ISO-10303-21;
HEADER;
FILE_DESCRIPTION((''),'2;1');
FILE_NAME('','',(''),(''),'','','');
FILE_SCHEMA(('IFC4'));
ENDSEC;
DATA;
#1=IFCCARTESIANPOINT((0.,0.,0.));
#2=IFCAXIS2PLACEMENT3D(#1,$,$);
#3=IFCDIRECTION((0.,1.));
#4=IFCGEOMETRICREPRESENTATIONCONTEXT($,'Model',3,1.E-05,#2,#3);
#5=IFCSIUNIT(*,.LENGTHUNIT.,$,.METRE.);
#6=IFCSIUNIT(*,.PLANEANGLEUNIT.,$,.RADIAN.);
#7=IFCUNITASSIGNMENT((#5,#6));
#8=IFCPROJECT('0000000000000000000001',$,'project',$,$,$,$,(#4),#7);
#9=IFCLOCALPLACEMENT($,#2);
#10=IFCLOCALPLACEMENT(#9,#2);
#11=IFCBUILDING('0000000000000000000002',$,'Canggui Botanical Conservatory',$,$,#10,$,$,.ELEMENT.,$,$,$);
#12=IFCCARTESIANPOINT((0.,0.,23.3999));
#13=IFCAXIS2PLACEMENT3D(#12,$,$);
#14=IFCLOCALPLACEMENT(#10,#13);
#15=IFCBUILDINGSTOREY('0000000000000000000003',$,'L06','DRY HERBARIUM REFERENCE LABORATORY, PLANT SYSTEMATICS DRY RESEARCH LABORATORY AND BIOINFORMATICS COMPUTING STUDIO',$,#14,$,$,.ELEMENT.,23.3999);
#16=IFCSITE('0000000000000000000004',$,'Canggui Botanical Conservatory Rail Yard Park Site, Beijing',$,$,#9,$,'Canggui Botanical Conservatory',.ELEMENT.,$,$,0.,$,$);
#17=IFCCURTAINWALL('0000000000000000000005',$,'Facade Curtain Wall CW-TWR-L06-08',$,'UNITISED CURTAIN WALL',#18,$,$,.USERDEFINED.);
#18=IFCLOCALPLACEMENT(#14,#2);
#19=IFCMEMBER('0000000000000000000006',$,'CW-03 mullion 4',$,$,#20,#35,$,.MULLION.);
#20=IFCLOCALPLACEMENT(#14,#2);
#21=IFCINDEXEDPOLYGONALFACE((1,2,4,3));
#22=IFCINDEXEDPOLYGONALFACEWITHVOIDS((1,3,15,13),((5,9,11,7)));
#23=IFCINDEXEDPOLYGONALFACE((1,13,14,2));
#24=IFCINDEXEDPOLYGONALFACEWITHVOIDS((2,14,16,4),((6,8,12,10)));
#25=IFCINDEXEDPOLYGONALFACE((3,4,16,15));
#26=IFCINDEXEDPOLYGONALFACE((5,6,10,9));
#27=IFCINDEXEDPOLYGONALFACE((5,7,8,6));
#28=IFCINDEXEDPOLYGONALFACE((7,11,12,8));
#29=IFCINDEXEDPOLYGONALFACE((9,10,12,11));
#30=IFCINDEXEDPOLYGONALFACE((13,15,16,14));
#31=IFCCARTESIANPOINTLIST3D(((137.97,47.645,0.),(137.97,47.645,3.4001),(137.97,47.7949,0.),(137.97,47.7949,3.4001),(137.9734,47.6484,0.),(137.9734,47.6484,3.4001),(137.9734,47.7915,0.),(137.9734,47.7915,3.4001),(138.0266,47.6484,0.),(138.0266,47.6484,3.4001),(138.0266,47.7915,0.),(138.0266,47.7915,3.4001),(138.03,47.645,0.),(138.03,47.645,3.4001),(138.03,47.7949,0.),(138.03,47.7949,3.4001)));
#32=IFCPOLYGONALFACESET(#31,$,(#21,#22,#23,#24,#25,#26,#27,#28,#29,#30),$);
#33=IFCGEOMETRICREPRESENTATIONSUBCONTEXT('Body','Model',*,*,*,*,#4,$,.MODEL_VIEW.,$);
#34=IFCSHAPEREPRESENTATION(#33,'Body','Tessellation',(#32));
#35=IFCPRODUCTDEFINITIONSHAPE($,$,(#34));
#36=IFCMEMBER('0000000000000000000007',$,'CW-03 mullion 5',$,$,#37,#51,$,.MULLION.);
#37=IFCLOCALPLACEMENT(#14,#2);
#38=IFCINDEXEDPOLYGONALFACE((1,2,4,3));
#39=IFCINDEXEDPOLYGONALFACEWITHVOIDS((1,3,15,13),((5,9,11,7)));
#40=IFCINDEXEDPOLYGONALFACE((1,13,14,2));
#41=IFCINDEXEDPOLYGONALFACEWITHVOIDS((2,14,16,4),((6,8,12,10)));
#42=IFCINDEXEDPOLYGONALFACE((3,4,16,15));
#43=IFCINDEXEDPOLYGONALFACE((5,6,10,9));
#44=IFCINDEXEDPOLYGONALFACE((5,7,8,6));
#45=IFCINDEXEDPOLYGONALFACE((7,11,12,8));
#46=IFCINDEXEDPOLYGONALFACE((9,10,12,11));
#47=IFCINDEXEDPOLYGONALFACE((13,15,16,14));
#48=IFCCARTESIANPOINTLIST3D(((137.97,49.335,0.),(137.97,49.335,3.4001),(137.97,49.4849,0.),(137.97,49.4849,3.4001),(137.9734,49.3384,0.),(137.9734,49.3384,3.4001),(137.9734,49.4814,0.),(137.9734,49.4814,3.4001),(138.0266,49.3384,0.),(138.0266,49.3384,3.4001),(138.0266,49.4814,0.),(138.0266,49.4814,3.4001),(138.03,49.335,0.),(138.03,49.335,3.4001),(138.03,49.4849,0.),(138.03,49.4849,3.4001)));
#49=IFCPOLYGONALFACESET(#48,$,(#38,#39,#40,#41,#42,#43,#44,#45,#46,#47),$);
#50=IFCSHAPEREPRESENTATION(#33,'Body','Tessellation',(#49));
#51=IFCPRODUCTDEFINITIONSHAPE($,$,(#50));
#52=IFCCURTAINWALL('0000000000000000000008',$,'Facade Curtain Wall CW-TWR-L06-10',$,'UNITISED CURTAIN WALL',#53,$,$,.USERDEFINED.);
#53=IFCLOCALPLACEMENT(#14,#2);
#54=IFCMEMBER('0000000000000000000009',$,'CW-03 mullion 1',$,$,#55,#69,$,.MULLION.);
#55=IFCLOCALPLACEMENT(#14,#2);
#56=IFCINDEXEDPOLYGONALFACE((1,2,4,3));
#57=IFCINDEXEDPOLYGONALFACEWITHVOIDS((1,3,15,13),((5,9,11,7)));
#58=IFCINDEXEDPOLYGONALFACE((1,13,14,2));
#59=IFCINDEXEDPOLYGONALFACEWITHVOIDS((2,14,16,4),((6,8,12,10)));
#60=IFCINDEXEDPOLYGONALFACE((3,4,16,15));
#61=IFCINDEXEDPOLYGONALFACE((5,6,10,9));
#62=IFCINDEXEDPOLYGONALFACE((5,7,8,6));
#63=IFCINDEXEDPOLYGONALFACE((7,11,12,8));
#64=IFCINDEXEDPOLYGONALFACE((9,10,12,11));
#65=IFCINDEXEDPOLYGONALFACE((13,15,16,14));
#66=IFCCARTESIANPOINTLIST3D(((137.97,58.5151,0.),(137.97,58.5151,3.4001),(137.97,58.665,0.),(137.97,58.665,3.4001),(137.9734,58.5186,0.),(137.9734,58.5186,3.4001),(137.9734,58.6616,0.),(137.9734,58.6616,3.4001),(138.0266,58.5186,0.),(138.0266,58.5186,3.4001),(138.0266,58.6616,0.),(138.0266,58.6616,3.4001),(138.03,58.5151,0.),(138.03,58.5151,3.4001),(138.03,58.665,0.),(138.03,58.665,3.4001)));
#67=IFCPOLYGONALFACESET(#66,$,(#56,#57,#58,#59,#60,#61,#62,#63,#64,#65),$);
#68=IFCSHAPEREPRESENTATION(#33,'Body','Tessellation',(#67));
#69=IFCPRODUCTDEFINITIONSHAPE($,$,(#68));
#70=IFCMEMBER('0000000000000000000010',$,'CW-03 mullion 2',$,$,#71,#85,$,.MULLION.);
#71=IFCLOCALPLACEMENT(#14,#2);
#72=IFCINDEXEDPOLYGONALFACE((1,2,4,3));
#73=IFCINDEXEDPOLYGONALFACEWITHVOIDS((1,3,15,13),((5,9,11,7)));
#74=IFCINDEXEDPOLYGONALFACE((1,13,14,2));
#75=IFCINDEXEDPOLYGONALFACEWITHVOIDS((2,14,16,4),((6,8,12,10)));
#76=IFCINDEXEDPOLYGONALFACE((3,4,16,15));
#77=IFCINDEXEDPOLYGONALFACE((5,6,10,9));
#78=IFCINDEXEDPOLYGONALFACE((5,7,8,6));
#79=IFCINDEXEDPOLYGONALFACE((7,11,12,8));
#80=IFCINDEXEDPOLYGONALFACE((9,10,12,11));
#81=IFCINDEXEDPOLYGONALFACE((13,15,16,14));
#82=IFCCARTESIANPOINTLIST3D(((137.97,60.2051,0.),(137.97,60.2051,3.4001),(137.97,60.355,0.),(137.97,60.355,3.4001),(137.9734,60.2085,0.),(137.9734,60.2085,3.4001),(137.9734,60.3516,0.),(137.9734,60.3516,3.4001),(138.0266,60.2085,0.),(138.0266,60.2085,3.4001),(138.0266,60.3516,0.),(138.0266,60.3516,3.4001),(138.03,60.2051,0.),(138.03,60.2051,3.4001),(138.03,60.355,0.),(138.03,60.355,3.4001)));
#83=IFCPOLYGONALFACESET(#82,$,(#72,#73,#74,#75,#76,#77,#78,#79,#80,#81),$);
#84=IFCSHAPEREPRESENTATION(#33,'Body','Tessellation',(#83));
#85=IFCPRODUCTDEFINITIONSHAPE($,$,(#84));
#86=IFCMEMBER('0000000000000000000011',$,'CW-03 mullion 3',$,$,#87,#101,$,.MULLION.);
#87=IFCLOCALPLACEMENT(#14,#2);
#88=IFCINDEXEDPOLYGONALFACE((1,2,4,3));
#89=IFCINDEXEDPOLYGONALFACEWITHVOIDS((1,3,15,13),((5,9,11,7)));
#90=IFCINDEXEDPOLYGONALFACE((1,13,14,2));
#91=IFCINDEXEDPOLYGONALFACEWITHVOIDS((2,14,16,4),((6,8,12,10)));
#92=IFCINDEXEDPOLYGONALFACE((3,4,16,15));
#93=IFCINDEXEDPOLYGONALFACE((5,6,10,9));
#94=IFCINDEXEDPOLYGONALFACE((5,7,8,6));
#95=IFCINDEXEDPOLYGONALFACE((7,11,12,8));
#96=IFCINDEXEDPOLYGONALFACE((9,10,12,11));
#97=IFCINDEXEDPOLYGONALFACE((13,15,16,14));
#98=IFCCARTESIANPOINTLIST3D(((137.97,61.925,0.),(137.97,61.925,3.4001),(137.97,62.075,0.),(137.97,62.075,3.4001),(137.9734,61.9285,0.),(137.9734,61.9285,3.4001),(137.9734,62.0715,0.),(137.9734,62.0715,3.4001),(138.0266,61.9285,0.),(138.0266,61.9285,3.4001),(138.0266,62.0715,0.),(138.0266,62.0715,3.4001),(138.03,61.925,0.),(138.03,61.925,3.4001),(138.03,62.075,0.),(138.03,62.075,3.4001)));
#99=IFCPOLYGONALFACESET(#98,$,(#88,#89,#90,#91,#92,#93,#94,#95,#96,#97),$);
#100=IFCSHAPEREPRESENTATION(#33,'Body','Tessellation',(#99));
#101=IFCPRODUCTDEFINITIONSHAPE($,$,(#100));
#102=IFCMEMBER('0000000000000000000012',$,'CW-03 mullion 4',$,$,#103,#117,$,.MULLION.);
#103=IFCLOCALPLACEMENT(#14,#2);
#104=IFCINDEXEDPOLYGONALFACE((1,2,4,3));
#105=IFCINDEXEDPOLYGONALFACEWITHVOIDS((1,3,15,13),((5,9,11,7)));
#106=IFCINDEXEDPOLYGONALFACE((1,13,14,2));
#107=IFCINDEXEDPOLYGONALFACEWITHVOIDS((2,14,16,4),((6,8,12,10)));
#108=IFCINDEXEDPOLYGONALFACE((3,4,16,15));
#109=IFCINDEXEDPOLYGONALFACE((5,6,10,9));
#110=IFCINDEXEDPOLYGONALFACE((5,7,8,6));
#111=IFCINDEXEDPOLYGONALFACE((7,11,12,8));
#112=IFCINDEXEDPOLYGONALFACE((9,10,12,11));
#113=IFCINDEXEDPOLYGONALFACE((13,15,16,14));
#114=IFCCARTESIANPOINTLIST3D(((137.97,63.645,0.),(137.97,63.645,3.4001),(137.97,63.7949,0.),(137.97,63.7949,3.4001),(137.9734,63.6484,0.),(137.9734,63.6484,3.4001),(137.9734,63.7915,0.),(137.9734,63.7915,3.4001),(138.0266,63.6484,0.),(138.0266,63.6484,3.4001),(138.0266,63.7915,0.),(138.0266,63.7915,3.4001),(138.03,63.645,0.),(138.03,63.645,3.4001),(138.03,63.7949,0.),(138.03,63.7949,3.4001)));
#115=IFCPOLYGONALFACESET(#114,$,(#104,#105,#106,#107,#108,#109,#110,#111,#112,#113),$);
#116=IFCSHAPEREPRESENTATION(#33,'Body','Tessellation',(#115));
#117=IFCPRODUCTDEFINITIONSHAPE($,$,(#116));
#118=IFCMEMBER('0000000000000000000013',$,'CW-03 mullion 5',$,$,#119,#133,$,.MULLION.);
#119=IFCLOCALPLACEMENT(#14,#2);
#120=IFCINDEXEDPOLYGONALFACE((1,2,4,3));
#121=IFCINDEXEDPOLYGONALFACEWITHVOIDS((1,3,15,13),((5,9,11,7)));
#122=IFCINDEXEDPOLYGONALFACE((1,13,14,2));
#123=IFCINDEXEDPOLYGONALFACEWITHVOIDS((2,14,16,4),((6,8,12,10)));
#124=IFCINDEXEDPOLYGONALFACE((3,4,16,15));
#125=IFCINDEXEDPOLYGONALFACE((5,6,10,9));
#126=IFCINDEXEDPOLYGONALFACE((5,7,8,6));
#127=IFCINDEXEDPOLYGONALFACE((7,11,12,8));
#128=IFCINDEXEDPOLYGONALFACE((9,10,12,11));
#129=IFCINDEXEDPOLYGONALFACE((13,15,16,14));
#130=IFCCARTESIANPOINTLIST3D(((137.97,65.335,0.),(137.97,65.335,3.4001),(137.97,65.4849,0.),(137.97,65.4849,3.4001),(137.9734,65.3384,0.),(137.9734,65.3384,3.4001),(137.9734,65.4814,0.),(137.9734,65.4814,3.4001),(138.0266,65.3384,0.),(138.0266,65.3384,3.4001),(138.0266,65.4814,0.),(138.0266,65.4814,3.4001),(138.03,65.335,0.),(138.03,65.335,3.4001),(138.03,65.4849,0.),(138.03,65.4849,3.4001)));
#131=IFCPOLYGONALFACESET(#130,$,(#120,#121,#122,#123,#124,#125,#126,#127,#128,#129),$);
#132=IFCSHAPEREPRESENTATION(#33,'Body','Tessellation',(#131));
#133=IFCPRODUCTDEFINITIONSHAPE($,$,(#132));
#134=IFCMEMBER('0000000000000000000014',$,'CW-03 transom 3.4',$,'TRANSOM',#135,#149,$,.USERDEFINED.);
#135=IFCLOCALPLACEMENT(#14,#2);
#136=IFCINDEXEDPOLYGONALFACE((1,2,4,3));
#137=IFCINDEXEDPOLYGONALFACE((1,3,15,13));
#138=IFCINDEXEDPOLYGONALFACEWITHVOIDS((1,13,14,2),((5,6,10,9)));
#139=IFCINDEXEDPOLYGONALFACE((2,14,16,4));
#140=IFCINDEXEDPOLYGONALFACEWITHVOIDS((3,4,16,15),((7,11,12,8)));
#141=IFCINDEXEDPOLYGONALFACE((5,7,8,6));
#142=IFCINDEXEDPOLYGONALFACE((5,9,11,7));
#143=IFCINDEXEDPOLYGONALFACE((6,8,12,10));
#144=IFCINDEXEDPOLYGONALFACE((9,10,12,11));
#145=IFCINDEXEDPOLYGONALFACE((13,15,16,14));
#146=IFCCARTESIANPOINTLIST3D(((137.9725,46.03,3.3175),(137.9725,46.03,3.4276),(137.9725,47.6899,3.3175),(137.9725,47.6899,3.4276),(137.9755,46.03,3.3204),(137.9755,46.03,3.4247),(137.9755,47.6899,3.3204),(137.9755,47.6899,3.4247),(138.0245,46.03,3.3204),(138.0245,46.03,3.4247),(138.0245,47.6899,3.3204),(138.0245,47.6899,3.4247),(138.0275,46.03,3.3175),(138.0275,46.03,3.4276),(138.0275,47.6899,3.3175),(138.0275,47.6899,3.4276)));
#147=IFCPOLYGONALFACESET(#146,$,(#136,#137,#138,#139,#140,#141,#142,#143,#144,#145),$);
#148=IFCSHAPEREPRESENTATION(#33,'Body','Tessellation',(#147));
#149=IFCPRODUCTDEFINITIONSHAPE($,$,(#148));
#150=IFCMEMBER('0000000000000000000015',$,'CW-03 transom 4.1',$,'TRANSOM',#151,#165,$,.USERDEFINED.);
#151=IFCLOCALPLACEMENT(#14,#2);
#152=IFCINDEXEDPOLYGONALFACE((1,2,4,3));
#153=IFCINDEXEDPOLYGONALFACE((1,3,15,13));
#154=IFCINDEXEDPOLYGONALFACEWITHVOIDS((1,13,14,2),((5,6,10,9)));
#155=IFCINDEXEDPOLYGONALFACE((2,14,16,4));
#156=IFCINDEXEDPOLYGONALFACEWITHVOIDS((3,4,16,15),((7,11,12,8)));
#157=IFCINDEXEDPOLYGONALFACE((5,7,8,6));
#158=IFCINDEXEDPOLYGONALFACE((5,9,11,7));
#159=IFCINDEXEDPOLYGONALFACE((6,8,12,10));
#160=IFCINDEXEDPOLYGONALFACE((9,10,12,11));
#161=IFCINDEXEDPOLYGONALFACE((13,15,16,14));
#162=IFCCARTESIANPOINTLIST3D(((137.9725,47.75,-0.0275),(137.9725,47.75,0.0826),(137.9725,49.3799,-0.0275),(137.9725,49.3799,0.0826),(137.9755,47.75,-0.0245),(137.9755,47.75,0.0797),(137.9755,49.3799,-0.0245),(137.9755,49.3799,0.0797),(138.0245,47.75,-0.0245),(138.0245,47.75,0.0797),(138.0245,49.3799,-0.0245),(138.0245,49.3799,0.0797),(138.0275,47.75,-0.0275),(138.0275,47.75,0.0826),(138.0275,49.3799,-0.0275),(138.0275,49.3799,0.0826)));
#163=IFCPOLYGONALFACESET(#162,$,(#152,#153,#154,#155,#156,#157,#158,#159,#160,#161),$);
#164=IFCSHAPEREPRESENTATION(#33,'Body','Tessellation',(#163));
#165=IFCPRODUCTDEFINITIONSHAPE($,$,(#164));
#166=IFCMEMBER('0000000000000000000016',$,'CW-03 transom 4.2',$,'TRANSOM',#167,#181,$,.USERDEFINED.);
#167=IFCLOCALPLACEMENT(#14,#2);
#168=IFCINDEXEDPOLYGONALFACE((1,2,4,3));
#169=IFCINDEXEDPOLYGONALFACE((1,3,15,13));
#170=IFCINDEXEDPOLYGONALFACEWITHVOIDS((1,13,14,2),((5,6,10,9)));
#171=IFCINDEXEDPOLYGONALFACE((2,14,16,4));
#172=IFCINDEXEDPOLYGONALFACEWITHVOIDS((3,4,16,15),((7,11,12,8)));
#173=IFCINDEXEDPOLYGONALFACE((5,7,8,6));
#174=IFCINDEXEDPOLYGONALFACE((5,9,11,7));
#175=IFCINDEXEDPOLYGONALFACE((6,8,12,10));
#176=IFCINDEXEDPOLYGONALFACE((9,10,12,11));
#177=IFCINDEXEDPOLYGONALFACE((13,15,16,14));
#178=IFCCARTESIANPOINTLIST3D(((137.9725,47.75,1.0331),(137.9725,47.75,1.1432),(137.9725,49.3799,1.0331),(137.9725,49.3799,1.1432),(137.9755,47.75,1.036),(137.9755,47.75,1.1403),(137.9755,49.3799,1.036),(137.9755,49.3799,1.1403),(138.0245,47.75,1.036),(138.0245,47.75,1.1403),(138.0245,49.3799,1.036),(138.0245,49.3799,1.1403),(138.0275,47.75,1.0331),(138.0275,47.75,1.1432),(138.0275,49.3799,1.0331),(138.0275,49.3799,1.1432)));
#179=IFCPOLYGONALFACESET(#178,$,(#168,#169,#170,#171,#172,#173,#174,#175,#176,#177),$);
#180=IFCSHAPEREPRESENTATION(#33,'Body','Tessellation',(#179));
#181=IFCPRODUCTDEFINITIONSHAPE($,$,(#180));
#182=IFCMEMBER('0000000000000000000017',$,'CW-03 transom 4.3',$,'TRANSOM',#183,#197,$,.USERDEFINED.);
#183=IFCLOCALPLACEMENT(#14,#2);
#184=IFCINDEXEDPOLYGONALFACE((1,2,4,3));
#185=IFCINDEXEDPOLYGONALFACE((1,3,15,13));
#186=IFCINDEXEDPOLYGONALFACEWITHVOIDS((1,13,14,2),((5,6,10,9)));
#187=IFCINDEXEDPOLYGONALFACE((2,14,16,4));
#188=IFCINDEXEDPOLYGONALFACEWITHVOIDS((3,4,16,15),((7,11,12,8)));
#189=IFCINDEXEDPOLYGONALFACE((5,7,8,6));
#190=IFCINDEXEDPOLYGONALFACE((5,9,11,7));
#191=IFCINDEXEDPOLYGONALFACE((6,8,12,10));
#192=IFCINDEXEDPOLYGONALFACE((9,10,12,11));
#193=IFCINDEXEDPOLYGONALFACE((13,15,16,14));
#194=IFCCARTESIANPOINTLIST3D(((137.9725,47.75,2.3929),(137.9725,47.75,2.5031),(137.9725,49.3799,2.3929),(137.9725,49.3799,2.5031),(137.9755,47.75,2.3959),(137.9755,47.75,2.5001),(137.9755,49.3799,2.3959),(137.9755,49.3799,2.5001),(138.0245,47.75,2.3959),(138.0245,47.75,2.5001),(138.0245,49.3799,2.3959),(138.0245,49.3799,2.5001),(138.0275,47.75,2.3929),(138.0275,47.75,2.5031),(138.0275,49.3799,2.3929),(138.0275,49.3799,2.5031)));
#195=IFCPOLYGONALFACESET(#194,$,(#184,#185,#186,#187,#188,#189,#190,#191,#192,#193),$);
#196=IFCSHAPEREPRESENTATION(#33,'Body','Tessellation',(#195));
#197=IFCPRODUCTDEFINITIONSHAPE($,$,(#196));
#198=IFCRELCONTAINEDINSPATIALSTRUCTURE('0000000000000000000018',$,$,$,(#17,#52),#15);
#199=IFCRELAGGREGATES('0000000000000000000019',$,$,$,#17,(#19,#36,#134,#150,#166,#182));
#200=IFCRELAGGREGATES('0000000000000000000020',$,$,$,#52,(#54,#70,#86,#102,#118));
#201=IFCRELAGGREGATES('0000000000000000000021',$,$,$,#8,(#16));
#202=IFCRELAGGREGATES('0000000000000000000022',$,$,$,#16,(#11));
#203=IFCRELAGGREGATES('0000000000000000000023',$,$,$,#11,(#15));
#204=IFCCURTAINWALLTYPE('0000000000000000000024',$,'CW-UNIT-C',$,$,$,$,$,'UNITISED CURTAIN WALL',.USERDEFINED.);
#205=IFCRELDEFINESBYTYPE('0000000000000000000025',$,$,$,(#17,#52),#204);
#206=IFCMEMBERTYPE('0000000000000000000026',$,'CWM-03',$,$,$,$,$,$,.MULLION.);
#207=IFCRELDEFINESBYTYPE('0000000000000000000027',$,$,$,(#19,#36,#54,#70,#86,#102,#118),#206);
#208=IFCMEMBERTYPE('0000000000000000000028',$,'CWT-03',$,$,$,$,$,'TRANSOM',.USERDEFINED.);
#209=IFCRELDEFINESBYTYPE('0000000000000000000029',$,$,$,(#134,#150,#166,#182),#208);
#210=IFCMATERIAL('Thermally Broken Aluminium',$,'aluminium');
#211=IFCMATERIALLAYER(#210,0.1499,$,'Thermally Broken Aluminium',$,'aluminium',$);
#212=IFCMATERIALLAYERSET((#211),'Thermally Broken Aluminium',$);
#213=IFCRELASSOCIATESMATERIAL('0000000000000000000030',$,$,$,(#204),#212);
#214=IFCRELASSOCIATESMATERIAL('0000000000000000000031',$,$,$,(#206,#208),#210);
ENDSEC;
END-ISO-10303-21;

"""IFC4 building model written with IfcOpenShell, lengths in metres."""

from ifc_helpers import new_model, si_unit, direction, frame, origin, origin_2d, place, context, subcontext, project, spatial, hollow_rectangle, extrude, material, layer, layer_set, material_profile, profile_set, type_object, element, aggregate, save


model = new_model("IFC4")

# Units and contexts
model_context = context("Model", 3, precision=1e-05, world=origin(), true_north=direction((0.0, 1.0)))
body_context = subcontext(model_context, "Body", "Model", "MODEL_VIEW")
ifc_project = project(units=[si_unit("LENGTHUNIT", "METRE"), si_unit("PLANEANGLEUNIT", "RADIAN")], contexts=[model_context])

# Site, building, storey
site_placement = place(None, origin())
site = spatial("IfcSite", under=ifc_project, at=site_placement, Name="Canggui Botanical Conservatory Rail Yard Park Site, Beijing", LongName="Canggui Botanical Conservatory", CompositionType="ELEMENT", RefElevation=0.0)
building_placement = place(site_placement, origin())
building = spatial("IfcBuilding", under=site, at=building_placement, Name="Canggui Botanical Conservatory", CompositionType="ELEMENT")
storey_placement = place(building_placement, frame((0.0, 0.0, 23.3999)))
storey = spatial("IfcBuildingStorey", under=building, at=storey_placement, Name="L06", Description="DRY HERBARIUM REFERENCE LABORATORY, PLANT SYSTEMATICS DRY RESEARCH LABORATORY AND BIOINFORMATICS COMPUTING STUDIO", CompositionType="ELEMENT", Elevation=23.3999)

# Curtain walls, members
ifc_material_1 = material(Name="Thermally Broken Aluminium", Category="aluminium")
ifc_layer_1 = layer(ifc_material_1, 0.1499, Name="Thermally Broken Aluminium", Category="aluminium")
ifc_layer_set_1 = layer_set([ifc_layer_1], Name="Thermally Broken Aluminium")
curtain_wall_type = type_object("IfcCurtainWallType", Name="CW-UNIT-C", ElementType="UNITISED CURTAIN WALL", PredefinedType="USERDEFINED", material=ifc_layer_set_1)
curtain_wall_1_placement = place(storey_placement, origin())
curtain_wall_1 = element("IfcCurtainWall", 1, at=curtain_wall_1_placement, inside=storey, type_object=curtain_wall_type, Name="Facade Curtain Wall CW-TWR-L06-08", ObjectType="UNITISED CURTAIN WALL", PredefinedType="USERDEFINED")
ifc_material_profile_1 = material_profile(ifc_material_1, hollow_rectangle(XDim=0.0601, YDim=0.1499, WallThickness=0.0034, at=origin_2d()), Name="CWM 60x150x3.5")
ifc_profile_set_1 = profile_set([ifc_material_profile_1], Name="Thermally Broken Aluminium")
member_type_1 = type_object("IfcMemberType", Name="CWM-03", PredefinedType="MULLION", material=ifc_profile_set_1)
member_1_placement = place(storey_placement, frame((138.0, 47.72, 0.0), z_axis=(0.0, 0.0, 1.0), x_axis=(-1.0, 0.0, 0.0)))
member_1 = element("IfcMember", 2, at=member_1_placement, type_object=member_type_1, Name="CW-03 mullion 4", PredefinedType="MULLION", context=body_context, shape_type="SweptSolid", body=[
    extrude(hollow_rectangle(XDim=0.0601, YDim=0.1499, WallThickness=0.0034, at=origin_2d()), origin(), (0.0, 0.0, 1.0), 3.4001),
])
member_2_placement = place(storey_placement, frame((138.0, 49.4099, 0.0), z_axis=(0.0, 0.0, 1.0), x_axis=(-1.0, 0.0, 0.0)))
member_2 = element("IfcMember", 3, at=member_2_placement, type_object=member_type_1, Name="CW-03 mullion 5", PredefinedType="MULLION", context=body_context, shape_type="SweptSolid", body=[
    extrude(hollow_rectangle(XDim=0.0601, YDim=0.1499, WallThickness=0.0034, at=origin_2d()), origin(), (0.0, 0.0, 1.0), 3.4001),
])
curtain_wall_2_placement = place(storey_placement, origin())
curtain_wall_2 = element("IfcCurtainWall", 4, at=curtain_wall_2_placement, inside=storey, type_object=curtain_wall_type, Name="Facade Curtain Wall CW-TWR-L06-10", ObjectType="UNITISED CURTAIN WALL", PredefinedType="USERDEFINED")
member_3_placement = place(storey_placement, frame((138.0, 58.5901, 0.0), z_axis=(0.0, 0.0, 1.0), x_axis=(-1.0, 0.0, 0.0)))
member_3 = element("IfcMember", 5, at=member_3_placement, type_object=member_type_1, Name="CW-03 mullion 1", PredefinedType="MULLION", context=body_context, shape_type="SweptSolid", body=[
    extrude(hollow_rectangle(XDim=0.0601, YDim=0.1499, WallThickness=0.0034, at=origin_2d()), origin(), (0.0, 0.0, 1.0), 3.4001),
])
member_4_placement = place(storey_placement, frame((138.0, 60.28, 0.0), z_axis=(0.0, 0.0, 1.0), x_axis=(-1.0, 0.0, 0.0)))
member_4 = element("IfcMember", 6, at=member_4_placement, type_object=member_type_1, Name="CW-03 mullion 2", PredefinedType="MULLION", context=body_context, shape_type="SweptSolid", body=[
    extrude(hollow_rectangle(XDim=0.0601, YDim=0.1499, WallThickness=0.0034, at=origin_2d()), origin(), (0.0, 0.0, 1.0), 3.4001),
])
member_5_placement = place(storey_placement, frame((138.0, 62.0, 0.0), z_axis=(0.0, 0.0, 1.0), x_axis=(-1.0, 0.0, 0.0)))
member_5 = element("IfcMember", 7, at=member_5_placement, type_object=member_type_1, Name="CW-03 mullion 3", PredefinedType="MULLION", context=body_context, shape_type="SweptSolid", body=[
    extrude(hollow_rectangle(XDim=0.0601, YDim=0.1499, WallThickness=0.0034, at=origin_2d()), origin(), (0.0, 0.0, 1.0), 3.4001),
])
member_6_placement = place(storey_placement, frame((138.0, 63.72, 0.0), z_axis=(0.0, 0.0, 1.0), x_axis=(-1.0, 0.0, 0.0)))
member_6 = element("IfcMember", 8, at=member_6_placement, type_object=member_type_1, Name="CW-03 mullion 4", PredefinedType="MULLION", context=body_context, shape_type="SweptSolid", body=[
    extrude(hollow_rectangle(XDim=0.0601, YDim=0.1499, WallThickness=0.0034, at=origin_2d()), origin(), (0.0, 0.0, 1.0), 3.4001),
])
member_7_placement = place(storey_placement, frame((138.0, 65.4099, 0.0), z_axis=(0.0, 0.0, 1.0), x_axis=(-1.0, 0.0, 0.0)))
member_7 = element("IfcMember", 9, at=member_7_placement, type_object=member_type_1, Name="CW-03 mullion 5", PredefinedType="MULLION", context=body_context, shape_type="SweptSolid", body=[
    extrude(hollow_rectangle(XDim=0.0601, YDim=0.1499, WallThickness=0.0034, at=origin_2d()), origin(), (0.0, 0.0, 1.0), 3.4001),
])

# Members
ifc_material_profile_2 = material_profile(ifc_material_1, hollow_rectangle(XDim=0.0549, YDim=0.1101, WallThickness=0.0029, at=origin_2d()), Name="CWT 55x110x3")
ifc_profile_set_2 = profile_set([ifc_material_profile_2], Name="Thermally Broken Aluminium")
member_type_2 = type_object("IfcMemberType", Name="CWT-03", ElementType="TRANSOM", PredefinedType="USERDEFINED", material=ifc_profile_set_2)
member_8_placement = place(storey_placement, frame((138.0, 46.03, 3.3726), z_axis=(0.0, 1.0, 0.0), x_axis=(-1.0, 0.0, 0.0)))
member_8 = element("IfcMember", 10, at=member_8_placement, type_object=member_type_2, Name="CW-03 transom 3.4", ObjectType="TRANSOM", PredefinedType="USERDEFINED", context=body_context, shape_type="SweptSolid", body=[
    extrude(hollow_rectangle(XDim=0.0549, YDim=0.1101, WallThickness=0.0029, at=origin_2d()), origin(), (0.0, 0.0, 1.0), 1.6599),
])
member_9_placement = place(storey_placement, frame((138.0, 47.75, 0.0276), z_axis=(0.0, 1.0, 0.0), x_axis=(-1.0, 0.0, 0.0)))
member_9 = element("IfcMember", 11, at=member_9_placement, type_object=member_type_2, Name="CW-03 transom 4.1", ObjectType="TRANSOM", PredefinedType="USERDEFINED", context=body_context, shape_type="SweptSolid", body=[
    extrude(hollow_rectangle(XDim=0.0549, YDim=0.1101, WallThickness=0.0029, at=origin_2d()), origin(), (0.0, 0.0, 1.0), 1.6299),
])
member_10_placement = place(storey_placement, frame((138.0, 47.75, 1.0881), z_axis=(0.0, 1.0, 0.0), x_axis=(-1.0, 0.0, 0.0)))
member_10 = element("IfcMember", 12, at=member_10_placement, type_object=member_type_2, Name="CW-03 transom 4.2", ObjectType="TRANSOM", PredefinedType="USERDEFINED", context=body_context, shape_type="SweptSolid", body=[
    extrude(hollow_rectangle(XDim=0.0549, YDim=0.1101, WallThickness=0.0029, at=origin_2d()), origin(), (0.0, 0.0, 1.0), 1.6299),
])
member_11_placement = place(storey_placement, frame((138.0, 47.75, 2.448), z_axis=(0.0, 1.0, 0.0), x_axis=(-1.0, 0.0, 0.0)))
member_11 = element("IfcMember", 13, at=member_11_placement, type_object=member_type_2, Name="CW-03 transom 4.3", ObjectType="TRANSOM", PredefinedType="USERDEFINED", context=body_context, shape_type="SweptSolid", body=[
    extrude(hollow_rectangle(XDim=0.0549, YDim=0.1101, WallThickness=0.0029, at=origin_2d()), origin(), (0.0, 0.0, 1.0), 1.6299),
])

aggregate(curtain_wall_1, [member_1, member_2, member_8, member_9, member_10, member_11])
aggregate(curtain_wall_2, [member_3, member_4, member_5, member_6, member_7])

save(model, "model.ifc")
